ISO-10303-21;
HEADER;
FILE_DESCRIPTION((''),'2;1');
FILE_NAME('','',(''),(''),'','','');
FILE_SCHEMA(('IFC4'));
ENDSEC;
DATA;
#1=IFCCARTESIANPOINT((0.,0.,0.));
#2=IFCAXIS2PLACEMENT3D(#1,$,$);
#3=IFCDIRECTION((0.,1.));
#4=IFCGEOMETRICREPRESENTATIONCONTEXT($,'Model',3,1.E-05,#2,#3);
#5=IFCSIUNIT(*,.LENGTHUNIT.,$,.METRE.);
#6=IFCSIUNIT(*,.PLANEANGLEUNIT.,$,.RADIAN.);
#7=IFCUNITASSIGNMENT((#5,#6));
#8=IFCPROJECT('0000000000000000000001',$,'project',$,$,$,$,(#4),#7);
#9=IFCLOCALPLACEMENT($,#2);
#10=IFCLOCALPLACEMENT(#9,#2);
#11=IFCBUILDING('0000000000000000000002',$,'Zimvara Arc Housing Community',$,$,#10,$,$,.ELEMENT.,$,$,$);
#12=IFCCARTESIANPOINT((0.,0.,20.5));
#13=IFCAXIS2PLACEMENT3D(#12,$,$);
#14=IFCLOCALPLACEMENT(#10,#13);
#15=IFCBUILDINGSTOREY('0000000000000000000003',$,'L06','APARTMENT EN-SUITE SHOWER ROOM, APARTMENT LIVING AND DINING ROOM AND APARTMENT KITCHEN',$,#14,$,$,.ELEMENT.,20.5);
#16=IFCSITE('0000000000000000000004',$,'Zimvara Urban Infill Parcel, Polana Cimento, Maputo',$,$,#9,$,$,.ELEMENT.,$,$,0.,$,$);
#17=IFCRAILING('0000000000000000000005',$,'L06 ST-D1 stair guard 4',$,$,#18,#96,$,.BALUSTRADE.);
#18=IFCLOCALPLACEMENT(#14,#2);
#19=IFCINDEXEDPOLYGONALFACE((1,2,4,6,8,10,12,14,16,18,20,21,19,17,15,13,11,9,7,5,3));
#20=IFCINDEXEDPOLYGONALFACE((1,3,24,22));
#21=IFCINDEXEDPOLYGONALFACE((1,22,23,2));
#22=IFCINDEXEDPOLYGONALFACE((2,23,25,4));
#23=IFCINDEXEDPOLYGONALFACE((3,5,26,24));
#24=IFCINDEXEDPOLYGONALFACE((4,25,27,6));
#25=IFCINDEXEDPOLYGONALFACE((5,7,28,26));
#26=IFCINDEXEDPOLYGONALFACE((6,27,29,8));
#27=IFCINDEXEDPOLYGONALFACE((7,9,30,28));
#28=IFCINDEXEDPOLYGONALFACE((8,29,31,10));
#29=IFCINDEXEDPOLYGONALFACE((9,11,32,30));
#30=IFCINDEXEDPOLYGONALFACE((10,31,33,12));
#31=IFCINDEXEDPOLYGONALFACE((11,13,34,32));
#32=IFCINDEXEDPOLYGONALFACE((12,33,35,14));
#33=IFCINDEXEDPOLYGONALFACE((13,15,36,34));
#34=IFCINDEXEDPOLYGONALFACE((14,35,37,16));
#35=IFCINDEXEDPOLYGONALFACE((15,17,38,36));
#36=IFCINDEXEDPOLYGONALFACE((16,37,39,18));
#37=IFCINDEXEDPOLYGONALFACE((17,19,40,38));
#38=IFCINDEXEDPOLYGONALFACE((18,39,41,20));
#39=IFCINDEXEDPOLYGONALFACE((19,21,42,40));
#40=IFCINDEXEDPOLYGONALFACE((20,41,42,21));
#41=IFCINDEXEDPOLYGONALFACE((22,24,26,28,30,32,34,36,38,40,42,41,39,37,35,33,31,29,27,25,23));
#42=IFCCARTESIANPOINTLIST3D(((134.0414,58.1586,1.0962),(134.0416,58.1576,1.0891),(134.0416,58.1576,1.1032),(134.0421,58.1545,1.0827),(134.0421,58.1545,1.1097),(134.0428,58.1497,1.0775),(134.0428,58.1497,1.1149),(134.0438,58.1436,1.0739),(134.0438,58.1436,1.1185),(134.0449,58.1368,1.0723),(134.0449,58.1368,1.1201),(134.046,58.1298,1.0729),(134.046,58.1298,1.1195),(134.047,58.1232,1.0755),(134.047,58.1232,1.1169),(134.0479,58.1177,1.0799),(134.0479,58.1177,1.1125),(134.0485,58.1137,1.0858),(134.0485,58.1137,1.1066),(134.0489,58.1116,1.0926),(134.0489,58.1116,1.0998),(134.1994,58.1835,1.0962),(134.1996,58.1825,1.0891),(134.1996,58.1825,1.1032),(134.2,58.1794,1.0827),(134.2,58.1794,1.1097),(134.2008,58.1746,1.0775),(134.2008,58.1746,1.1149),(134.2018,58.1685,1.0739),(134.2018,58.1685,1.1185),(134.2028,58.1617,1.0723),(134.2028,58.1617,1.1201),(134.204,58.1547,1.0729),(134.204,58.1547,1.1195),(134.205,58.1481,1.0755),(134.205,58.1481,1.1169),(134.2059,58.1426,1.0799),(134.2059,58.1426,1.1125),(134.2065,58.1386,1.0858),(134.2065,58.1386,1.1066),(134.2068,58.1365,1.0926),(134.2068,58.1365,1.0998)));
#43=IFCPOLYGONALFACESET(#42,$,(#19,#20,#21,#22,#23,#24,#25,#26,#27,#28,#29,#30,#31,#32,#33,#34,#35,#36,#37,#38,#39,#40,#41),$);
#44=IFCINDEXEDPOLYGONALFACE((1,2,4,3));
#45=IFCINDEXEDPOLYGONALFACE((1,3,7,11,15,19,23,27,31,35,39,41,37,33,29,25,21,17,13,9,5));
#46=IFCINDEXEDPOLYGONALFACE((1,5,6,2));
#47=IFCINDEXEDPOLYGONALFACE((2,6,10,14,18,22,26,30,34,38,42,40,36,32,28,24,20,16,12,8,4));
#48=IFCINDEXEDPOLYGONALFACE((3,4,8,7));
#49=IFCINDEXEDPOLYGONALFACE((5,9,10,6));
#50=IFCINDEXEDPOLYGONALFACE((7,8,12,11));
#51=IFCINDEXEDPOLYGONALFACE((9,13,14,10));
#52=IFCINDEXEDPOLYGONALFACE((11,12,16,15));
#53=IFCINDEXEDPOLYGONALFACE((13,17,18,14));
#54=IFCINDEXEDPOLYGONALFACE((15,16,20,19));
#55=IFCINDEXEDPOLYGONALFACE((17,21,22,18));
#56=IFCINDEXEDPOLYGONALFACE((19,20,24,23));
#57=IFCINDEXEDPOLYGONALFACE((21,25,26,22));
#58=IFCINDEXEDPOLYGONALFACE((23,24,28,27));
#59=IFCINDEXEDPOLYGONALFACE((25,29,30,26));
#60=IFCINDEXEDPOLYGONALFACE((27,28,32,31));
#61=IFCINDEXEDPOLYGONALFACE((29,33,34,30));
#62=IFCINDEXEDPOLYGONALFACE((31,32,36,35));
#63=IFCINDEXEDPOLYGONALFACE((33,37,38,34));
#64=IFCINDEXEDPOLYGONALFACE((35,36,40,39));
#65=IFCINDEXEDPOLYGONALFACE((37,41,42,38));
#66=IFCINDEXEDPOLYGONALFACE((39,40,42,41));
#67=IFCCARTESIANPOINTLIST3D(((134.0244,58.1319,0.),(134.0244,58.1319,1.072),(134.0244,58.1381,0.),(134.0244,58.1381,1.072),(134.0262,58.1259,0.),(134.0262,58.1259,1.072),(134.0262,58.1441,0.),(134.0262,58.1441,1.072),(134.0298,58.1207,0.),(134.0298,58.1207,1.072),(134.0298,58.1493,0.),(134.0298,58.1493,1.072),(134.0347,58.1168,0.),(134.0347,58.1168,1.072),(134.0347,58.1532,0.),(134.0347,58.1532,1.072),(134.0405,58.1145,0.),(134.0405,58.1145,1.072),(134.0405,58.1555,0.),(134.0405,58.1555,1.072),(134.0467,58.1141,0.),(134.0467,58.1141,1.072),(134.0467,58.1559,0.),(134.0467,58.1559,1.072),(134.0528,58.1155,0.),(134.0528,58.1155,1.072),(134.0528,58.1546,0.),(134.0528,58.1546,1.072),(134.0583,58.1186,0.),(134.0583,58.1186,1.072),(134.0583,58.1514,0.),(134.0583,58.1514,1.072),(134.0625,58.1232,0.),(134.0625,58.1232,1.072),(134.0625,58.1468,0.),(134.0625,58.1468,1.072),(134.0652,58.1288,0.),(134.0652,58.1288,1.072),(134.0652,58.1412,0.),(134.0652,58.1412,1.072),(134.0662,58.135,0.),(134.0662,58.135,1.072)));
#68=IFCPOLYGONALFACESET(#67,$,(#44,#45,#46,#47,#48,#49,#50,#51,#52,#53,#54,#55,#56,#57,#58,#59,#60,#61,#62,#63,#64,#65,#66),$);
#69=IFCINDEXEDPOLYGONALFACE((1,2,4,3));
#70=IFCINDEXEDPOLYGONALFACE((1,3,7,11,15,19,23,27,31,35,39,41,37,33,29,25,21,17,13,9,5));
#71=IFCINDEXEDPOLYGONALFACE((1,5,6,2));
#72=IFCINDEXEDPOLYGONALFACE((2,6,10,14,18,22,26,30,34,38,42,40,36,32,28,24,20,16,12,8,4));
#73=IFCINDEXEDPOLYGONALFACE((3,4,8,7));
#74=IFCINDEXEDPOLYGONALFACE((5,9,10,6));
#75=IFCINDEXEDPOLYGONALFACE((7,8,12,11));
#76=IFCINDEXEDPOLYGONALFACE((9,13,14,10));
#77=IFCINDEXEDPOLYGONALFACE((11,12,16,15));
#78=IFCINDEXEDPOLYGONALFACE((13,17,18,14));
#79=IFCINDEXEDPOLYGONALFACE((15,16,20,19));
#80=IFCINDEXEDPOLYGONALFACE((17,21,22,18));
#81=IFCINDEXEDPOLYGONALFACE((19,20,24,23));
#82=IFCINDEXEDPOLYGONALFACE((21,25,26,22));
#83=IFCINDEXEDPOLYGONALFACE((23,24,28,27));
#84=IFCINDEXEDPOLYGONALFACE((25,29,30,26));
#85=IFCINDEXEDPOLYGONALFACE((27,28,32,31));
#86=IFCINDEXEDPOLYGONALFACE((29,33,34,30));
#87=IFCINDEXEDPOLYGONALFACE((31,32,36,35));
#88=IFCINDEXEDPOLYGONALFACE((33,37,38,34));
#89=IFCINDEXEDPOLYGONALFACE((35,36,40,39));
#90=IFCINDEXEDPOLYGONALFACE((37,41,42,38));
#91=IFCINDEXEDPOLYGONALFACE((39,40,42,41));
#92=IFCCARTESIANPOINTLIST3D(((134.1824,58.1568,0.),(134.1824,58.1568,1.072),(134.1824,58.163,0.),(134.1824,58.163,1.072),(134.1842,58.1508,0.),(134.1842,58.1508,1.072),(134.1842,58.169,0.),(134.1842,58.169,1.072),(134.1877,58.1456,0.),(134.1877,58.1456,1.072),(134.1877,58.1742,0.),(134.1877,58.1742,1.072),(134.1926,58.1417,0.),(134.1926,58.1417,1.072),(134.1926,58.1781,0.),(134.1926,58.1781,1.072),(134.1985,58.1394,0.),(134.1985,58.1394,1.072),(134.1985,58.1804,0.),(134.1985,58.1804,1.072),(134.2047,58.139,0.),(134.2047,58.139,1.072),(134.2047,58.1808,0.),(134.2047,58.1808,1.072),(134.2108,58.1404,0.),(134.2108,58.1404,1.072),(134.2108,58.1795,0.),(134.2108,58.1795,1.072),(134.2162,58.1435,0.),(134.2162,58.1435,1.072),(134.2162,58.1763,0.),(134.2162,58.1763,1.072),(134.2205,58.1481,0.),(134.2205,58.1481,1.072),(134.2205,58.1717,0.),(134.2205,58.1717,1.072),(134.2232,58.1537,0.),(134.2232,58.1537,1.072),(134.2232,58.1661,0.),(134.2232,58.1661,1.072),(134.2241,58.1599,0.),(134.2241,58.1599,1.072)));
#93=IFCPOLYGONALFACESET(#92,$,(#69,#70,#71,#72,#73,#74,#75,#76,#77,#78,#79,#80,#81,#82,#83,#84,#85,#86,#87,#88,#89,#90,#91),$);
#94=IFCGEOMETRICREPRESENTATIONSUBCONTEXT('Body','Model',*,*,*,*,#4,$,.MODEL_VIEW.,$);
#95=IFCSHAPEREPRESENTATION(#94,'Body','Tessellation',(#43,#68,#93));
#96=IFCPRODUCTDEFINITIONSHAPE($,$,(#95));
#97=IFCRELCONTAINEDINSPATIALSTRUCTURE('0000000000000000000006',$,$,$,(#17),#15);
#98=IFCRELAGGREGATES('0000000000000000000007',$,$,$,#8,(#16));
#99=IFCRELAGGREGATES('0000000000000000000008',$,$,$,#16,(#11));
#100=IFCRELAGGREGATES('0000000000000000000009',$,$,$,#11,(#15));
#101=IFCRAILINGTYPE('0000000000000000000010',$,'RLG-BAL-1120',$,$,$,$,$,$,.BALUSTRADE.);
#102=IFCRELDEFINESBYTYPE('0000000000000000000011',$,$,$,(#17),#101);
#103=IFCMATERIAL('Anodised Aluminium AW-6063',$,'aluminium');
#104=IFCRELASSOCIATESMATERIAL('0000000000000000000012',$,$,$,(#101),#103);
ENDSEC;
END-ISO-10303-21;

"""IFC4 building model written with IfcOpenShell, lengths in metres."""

from ifc_helpers import new_model, si_unit, direction, frame, origin, origin_2d, place, context, subcontext, project, spatial, circle, extrude, material, type_object, element, save


model = new_model("IFC4")

# Units and contexts
model_context = context("Model", 3, precision=1e-05, world=origin(), true_north=direction((0.0, 1.0)))
body_context = subcontext(model_context, "Body", "Model", "MODEL_VIEW")
ifc_project = project(units=[si_unit("LENGTHUNIT", "METRE"), si_unit("PLANEANGLEUNIT", "RADIAN")], contexts=[model_context])

# Site, building, storey
site_placement = place(None, origin())
site = spatial("IfcSite", under=ifc_project, at=site_placement, Name="Zimvara Urban Infill Parcel, Polana Cimento, Maputo", CompositionType="ELEMENT", RefElevation=0.0)
building_placement = place(site_placement, origin())
building = spatial("IfcBuilding", under=site, at=building_placement, Name="Zimvara Arc Housing Community", CompositionType="ELEMENT")
storey_placement = place(building_placement, frame((0.0, 0.0, 20.5)))
storey = spatial("IfcBuildingStorey", under=building, at=storey_placement, Name="L06", Description="APARTMENT EN-SUITE SHOWER ROOM, APARTMENT LIVING AND DINING ROOM AND APARTMENT KITCHEN", CompositionType="ELEMENT", Elevation=20.5)

# Railing
ifc_material_1 = material(Name="Anodised Aluminium AW-6063", Category="aluminium")
railing_type_1 = type_object("IfcRailingType", Name="RLG-BAL-1120", PredefinedType="BALUSTRADE", material=ifc_material_1)
railing_1_placement = place(storey_placement, frame((134.0452, 58.135, 0.0)))
element("IfcRailing", 1, at=railing_1_placement, inside=storey, type_object=railing_type_1, Name="L06 ST-D1 stair guard 4", PredefinedType="BALUSTRADE", context=body_context, shape_type="SweptSolid", body=[
    extrude(circle(Radius=0.0239, at=origin_2d()), frame((0.0, 0.0, 1.0962), z_axis=(0.9878, 0.155727, 0.0), x_axis=(-0.155727, 0.9878, 0.0)), (0.0, 0.0, 1.0), 0.1599),
    extrude(circle(Radius=0.021, at=origin_2d()), origin(), (0.0, 0.0, 1.0), 1.072),
    extrude(circle(Radius=0.021, at=origin_2d()), frame((0.158, 0.0249, 0.0)), (0.0, 0.0, 1.0), 1.072),
])

save(model, "model.ifc")
